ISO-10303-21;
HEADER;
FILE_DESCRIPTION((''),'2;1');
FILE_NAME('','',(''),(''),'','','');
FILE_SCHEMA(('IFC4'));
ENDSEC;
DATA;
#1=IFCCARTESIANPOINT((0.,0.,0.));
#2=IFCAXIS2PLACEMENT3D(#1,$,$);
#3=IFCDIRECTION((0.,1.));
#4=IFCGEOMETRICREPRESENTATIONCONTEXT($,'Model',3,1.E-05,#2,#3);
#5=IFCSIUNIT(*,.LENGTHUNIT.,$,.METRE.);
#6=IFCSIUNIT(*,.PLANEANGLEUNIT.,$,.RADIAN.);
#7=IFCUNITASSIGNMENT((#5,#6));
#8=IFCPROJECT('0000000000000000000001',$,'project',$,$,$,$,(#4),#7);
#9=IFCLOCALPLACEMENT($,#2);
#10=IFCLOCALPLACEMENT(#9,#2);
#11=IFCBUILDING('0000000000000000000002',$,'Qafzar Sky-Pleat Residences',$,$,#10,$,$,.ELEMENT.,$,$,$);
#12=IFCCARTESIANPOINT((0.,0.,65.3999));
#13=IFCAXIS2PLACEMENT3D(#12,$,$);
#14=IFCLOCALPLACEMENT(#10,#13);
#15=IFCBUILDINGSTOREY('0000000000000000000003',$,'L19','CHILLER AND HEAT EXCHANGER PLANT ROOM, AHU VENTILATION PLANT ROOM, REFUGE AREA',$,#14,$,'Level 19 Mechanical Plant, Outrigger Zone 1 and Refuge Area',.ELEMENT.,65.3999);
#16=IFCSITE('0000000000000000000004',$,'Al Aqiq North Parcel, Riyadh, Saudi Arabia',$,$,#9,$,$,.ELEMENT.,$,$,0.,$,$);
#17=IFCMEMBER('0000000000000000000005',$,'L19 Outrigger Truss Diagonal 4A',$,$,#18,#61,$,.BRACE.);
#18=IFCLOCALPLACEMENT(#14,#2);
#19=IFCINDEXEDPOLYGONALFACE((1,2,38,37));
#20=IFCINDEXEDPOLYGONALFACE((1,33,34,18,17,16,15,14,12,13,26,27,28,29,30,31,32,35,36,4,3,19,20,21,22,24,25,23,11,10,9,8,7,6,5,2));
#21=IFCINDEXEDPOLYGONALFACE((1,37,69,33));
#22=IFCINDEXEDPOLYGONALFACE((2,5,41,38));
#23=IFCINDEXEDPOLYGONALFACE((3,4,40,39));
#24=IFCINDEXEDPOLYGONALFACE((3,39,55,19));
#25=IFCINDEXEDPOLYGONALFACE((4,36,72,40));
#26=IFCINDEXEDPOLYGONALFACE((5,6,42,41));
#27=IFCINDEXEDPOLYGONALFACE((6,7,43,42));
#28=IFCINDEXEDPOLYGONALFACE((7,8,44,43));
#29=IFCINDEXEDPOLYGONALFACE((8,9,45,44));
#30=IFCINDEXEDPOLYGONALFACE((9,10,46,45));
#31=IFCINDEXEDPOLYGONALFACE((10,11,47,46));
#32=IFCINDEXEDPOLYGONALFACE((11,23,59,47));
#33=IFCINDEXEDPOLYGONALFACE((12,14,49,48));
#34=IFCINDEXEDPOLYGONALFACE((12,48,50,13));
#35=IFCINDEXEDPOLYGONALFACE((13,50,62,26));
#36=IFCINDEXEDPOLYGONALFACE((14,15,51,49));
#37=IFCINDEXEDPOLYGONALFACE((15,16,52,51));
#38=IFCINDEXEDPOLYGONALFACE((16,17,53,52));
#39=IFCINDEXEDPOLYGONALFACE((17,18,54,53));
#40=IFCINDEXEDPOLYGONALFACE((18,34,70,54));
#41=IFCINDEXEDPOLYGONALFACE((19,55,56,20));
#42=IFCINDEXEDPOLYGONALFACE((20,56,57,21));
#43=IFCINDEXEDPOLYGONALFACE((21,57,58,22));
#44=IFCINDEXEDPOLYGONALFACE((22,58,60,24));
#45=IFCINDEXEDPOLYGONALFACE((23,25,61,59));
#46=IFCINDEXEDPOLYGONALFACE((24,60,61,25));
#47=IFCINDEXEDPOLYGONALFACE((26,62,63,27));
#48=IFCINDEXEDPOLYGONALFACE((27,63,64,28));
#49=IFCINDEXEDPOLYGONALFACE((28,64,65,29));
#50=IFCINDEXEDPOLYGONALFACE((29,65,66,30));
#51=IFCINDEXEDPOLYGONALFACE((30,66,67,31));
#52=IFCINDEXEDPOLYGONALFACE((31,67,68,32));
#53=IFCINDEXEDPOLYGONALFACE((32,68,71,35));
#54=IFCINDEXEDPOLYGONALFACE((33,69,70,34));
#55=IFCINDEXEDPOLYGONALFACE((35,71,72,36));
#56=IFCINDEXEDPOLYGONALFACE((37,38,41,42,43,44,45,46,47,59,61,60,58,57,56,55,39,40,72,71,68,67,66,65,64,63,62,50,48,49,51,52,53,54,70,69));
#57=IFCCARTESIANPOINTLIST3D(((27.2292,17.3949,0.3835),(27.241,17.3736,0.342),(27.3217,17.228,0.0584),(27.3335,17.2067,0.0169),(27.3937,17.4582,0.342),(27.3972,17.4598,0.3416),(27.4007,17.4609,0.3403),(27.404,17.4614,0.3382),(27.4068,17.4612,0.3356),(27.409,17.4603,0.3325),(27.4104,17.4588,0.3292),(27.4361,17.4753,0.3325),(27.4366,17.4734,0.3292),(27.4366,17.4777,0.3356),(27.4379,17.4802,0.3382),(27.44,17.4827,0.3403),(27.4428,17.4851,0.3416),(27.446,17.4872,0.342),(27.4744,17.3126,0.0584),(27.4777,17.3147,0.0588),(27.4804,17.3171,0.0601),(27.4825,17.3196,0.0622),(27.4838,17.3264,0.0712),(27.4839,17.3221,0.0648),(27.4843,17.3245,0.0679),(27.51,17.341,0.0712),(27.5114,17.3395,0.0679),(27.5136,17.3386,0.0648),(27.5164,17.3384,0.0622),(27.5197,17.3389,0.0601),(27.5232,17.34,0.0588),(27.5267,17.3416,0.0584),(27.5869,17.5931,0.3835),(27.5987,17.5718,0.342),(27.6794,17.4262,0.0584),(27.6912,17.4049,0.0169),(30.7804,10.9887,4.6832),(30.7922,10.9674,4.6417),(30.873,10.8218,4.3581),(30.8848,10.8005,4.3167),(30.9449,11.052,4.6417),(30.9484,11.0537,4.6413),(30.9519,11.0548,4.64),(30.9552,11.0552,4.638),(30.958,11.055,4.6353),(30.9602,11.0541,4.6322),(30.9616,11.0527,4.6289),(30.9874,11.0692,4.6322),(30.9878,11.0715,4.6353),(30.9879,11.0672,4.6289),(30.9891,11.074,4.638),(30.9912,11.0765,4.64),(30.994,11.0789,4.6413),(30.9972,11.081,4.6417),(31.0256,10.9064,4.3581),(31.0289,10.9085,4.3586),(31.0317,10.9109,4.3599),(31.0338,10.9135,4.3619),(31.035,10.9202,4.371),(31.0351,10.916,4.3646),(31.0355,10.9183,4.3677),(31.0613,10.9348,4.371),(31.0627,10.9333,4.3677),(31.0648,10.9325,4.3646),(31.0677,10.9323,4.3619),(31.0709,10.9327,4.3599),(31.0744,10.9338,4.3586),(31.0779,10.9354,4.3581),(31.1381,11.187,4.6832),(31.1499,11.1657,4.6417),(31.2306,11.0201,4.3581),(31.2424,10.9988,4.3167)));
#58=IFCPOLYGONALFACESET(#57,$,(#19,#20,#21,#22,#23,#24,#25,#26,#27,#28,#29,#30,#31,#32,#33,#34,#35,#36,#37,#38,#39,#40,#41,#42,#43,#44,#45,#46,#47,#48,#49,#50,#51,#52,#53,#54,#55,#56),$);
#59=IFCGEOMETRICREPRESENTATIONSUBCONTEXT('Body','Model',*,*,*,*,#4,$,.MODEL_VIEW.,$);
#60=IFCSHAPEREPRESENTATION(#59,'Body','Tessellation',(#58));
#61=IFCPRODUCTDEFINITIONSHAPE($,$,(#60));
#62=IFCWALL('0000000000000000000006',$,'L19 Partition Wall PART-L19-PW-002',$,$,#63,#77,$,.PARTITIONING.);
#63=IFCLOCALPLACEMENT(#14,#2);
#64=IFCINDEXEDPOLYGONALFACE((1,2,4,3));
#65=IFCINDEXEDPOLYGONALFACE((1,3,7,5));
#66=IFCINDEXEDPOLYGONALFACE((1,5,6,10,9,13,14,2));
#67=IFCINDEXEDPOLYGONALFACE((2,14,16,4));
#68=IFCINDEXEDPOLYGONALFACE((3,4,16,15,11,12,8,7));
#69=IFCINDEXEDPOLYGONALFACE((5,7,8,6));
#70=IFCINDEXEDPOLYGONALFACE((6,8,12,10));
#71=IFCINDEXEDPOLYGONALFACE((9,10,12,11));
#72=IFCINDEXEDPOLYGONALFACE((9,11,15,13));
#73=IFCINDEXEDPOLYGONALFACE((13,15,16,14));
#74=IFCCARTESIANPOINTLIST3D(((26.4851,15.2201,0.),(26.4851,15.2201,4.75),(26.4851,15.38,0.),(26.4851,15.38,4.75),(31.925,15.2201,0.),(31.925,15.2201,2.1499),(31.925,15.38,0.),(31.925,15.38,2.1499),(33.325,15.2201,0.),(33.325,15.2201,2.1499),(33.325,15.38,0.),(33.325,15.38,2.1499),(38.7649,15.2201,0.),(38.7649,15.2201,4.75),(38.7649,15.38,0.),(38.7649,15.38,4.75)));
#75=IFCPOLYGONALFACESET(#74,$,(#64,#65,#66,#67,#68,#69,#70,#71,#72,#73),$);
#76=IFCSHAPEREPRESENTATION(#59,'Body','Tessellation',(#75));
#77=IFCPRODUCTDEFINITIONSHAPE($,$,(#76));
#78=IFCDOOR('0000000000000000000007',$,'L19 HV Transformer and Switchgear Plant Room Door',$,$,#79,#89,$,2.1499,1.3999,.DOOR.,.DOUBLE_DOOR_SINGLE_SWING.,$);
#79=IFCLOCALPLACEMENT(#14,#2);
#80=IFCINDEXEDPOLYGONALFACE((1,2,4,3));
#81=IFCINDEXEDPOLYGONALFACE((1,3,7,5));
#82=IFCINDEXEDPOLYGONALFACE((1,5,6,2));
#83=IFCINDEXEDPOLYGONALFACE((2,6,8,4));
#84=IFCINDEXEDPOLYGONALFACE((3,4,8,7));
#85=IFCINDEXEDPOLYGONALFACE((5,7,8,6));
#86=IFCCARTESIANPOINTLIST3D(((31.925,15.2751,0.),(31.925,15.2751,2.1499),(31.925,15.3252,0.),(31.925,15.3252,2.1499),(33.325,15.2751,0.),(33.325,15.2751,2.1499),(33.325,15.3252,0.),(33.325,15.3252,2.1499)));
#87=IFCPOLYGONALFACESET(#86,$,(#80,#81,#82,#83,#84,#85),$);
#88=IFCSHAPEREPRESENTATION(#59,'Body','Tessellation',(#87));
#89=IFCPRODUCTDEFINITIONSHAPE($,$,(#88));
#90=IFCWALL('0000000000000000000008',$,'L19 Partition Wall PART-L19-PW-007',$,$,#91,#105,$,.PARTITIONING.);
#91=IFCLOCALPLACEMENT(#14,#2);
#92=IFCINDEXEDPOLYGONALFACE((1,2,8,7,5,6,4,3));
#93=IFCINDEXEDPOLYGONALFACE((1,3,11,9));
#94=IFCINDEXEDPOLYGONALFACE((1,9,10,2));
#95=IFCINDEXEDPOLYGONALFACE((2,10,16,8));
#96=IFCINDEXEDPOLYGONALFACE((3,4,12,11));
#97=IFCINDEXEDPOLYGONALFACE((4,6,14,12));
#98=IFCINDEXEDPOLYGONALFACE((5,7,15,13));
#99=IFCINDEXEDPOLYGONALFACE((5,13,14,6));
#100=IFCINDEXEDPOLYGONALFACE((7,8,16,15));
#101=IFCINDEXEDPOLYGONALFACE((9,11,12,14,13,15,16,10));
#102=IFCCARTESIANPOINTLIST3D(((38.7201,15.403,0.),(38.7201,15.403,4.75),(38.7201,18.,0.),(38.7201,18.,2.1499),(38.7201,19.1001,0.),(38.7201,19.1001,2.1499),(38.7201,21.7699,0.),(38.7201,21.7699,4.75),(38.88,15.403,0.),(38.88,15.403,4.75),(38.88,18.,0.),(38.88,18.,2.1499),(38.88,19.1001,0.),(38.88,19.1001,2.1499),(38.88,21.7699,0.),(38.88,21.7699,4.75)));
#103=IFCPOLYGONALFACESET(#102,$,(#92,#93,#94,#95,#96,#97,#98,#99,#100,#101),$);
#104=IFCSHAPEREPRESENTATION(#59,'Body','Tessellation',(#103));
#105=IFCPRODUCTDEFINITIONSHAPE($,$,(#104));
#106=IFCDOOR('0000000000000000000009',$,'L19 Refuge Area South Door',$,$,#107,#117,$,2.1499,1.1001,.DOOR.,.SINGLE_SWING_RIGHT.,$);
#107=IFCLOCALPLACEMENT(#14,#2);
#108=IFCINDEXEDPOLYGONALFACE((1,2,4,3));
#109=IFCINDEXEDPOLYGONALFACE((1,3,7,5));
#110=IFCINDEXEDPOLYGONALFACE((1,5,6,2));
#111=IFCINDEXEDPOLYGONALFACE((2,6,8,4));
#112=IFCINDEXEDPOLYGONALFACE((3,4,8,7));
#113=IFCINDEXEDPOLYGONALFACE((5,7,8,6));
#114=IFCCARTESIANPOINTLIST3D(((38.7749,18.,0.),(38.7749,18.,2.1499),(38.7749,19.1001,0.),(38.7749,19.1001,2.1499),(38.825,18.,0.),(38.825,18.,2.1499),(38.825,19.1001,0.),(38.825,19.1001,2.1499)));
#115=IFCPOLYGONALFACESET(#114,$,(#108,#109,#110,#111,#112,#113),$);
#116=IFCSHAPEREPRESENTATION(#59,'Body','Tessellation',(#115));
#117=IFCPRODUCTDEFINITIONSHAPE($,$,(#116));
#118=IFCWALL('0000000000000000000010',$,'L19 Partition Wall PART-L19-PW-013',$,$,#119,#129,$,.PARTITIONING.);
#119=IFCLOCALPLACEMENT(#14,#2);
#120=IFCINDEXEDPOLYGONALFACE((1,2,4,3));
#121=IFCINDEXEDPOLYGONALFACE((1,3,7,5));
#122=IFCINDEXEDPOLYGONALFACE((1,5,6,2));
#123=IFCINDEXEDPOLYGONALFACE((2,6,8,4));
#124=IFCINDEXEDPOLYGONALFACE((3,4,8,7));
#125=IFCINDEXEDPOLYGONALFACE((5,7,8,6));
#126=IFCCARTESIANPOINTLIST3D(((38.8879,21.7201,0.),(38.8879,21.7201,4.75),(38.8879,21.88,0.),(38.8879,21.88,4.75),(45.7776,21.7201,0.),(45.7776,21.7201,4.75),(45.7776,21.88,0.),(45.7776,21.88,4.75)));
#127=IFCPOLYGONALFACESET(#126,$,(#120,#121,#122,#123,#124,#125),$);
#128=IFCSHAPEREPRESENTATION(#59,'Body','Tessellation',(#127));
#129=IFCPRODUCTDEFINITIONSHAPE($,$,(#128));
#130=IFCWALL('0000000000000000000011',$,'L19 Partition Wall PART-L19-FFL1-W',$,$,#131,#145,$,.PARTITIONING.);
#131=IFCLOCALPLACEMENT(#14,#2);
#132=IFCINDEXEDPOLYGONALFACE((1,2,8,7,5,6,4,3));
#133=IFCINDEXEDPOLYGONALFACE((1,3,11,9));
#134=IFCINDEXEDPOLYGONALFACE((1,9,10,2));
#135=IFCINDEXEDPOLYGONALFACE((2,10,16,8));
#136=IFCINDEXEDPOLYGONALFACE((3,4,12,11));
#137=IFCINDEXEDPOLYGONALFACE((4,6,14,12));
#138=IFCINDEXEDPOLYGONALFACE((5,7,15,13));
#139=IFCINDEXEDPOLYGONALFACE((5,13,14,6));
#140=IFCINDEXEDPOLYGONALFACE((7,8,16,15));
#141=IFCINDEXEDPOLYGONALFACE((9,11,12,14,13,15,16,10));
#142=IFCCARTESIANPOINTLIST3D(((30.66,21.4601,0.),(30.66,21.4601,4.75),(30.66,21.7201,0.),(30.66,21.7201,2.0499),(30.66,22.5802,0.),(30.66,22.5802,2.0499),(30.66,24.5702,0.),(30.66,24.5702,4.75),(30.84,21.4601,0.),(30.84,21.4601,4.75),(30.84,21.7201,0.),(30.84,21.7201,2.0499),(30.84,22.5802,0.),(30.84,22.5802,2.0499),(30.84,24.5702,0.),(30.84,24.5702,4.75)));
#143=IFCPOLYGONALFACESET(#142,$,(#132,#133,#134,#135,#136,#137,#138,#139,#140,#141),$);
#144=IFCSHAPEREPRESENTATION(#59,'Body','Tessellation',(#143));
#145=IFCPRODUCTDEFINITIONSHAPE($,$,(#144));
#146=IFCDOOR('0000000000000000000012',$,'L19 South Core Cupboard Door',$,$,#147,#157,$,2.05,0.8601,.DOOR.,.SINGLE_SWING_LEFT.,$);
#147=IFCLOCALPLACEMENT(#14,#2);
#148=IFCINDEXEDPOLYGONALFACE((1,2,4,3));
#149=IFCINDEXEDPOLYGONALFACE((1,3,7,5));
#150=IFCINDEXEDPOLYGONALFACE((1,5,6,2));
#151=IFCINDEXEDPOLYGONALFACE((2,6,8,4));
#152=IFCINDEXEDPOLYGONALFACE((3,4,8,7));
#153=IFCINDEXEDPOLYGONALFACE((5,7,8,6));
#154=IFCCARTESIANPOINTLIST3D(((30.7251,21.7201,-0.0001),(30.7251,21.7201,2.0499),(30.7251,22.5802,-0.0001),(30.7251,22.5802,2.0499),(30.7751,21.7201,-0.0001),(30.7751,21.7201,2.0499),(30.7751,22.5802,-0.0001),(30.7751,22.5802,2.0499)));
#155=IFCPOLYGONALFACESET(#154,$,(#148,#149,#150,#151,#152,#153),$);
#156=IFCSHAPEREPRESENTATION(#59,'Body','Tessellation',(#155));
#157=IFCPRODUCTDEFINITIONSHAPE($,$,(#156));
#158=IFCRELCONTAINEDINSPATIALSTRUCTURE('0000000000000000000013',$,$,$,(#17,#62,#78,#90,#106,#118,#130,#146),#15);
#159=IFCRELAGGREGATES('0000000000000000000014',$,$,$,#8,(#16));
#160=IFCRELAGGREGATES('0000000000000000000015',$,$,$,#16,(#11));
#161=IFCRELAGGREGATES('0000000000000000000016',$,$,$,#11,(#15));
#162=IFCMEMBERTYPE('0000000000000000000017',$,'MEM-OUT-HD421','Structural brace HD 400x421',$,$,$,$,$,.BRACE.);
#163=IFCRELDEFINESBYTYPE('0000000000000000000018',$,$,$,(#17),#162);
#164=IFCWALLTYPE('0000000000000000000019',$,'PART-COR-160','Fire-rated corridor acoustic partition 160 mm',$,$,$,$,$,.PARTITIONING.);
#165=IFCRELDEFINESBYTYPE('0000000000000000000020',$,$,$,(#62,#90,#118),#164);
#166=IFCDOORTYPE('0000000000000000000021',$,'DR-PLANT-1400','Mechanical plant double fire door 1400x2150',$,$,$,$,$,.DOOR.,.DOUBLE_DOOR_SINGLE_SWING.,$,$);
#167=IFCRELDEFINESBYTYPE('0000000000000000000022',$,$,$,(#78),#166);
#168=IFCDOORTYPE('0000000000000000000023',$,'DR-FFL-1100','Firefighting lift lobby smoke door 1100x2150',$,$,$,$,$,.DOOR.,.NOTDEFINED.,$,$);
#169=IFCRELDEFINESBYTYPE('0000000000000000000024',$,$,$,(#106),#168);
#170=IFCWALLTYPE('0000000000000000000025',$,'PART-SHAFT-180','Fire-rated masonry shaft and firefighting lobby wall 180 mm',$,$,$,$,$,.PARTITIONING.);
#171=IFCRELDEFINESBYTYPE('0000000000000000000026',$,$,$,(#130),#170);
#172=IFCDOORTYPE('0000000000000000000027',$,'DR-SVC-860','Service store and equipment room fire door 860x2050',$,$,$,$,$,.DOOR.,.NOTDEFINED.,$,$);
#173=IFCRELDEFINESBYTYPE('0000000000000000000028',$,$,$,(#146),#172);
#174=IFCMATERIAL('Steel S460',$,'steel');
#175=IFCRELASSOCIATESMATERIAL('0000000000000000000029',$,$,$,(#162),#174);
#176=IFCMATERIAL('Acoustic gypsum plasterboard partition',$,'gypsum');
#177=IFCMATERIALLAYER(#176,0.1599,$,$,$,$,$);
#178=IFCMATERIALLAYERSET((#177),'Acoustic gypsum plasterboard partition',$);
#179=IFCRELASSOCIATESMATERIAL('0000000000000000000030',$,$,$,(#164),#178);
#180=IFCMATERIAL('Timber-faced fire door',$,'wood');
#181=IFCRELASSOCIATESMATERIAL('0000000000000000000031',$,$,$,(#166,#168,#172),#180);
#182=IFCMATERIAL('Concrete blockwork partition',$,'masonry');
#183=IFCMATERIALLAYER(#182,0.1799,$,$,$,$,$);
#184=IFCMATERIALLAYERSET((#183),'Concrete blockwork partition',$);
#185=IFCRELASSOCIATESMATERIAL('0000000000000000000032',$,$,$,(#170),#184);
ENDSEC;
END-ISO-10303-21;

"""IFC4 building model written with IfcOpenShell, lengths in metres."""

from ifc_helpers import new_model, si_unit, direction, frame, frame_2d, origin, origin_2d, place, context, subcontext, project, spatial, rectangle, i_section, extrude, source, transform, mapped, material, layer, layer_set, material_profile, profile_set, type_object, element, fill, save


model = new_model("IFC4")

# Units and contexts
model_context = context("Model", 3, precision=1e-05, world=origin(), true_north=direction((0.0, 1.0)))
body_context = subcontext(model_context, "Body", "Model", "MODEL_VIEW")
ifc_project = project(units=[si_unit("LENGTHUNIT", "METRE"), si_unit("PLANEANGLEUNIT", "RADIAN")], contexts=[model_context])

# Site, building, storey
site_placement = place(None, origin())
site = spatial("IfcSite", under=ifc_project, at=site_placement, Name="Al Aqiq North Parcel, Riyadh, Saudi Arabia", CompositionType="ELEMENT", RefElevation=0.0)
building_placement = place(site_placement, origin())
building = spatial("IfcBuilding", under=site, at=building_placement, Name="Qafzar Sky-Pleat Residences", CompositionType="ELEMENT")
storey_placement = place(building_placement, frame((0.0, 0.0, 65.3999)))
storey = spatial("IfcBuildingStorey", under=building, at=storey_placement, Name="L19", Description="CHILLER AND HEAT EXCHANGER PLANT ROOM, AHU VENTILATION PLANT ROOM, REFUGE AREA", LongName="Level 19 Mechanical Plant, Outrigger Zone 1 and Refuge Area", CompositionType="ELEMENT", Elevation=65.3999)

# Member
ifc_material_1 = material(Name="Steel S460", Category="steel")
ifc_material_profile = material_profile(ifc_material_1, i_section(OverallWidth=0.4089, OverallDepth=0.425, WebThickness=0.03, FlangeThickness=0.0481, FilletRadius=0.0149, at=origin_2d()), Name="HD 400x421")
ifc_profile_set = profile_set([ifc_material_profile], Name="Steel S460")
member_type = type_object("IfcMemberType", Name="MEM-OUT-HD421", Description="Structural brace HD 400x421", PredefinedType="BRACE", material=ifc_profile_set)
shared_shape_1 = source(origin(), body_context, "Body", "SweptSolid", [
    extrude(i_section(OverallWidth=0.4089, OverallDepth=0.425, WebThickness=0.03, FlangeThickness=0.0481, FilletRadius=0.0149, at=origin_2d()), origin(), (0.0, 0.0, 1.0), 8.4934),
])
member_placement = place(storey_placement, frame((27.4602, 17.3999, 0.2002), z_axis=(0.418115, -0.754252, 0.506245), x_axis=(0.874607, 0.484833, 0.0)))
element("IfcMember", 1, at=member_placement, inside=storey, type_object=member_type, Name="L19 Outrigger Truss Diagonal 4A", PredefinedType="BRACE", context=body_context, shape_type="MappedRepresentation", body=[
    mapped(shared_shape_1, transform((0.0, 0.0, 0.0), x_axis=(1.0, 0.0, 0.0), y_axis=(0.0, 1.0, 0.0), z_axis=(0.0, 0.0, 1.0), scale=1.0)),
])

# Walls, openings, doors
ifc_material_2 = material(Name="Acoustic gypsum plasterboard partition", Category="gypsum")
ifc_layer_1 = layer(ifc_material_2, 0.1599)
ifc_layer_set_1 = layer_set([ifc_layer_1], Name="Acoustic gypsum plasterboard partition")
wall_type_1 = type_object("IfcWallType", Name="PART-COR-160", Description="Fire-rated corridor acoustic partition 160 mm", PredefinedType="PARTITIONING", material=ifc_layer_set_1)
wall_1_placement = place(storey_placement, frame((38.7649, 15.3, 0.0), z_axis=(0.0, 0.0, 1.0), x_axis=(-1.0, 0.0, 0.0)))
wall_1 = element("IfcWall", 2, at=wall_1_placement, inside=storey, type_object=wall_type_1, Name="L19 Partition Wall PART-L19-PW-002", PredefinedType="PARTITIONING", context=body_context, shape_type="SweptSolid", body=[
    extrude(rectangle(XDim=12.2798, YDim=0.1599, at=frame_2d((6.1399, 0.0))), origin(), (0.0, 0.0, 1.0), 4.75),
])
opening_1_placement = place(wall_1_placement, frame((5.4399, 0.0, 0.0)))
opening_1 = element("IfcOpeningElement", 3, at=opening_1_placement, cuts=wall_1, PredefinedType="OPENING", context=body_context, shape_type="SweptSolid", body=[
    extrude(rectangle(XDim=1.3999, YDim=2.1499, at=frame_2d((0.7, 1.075))), frame((0.0, 0.0898, 0.0), z_axis=(0.0, -1.0, 0.0), x_axis=(1.0, 0.0, 0.0)), (0.0, 0.0, 1.0), 0.1799),
])
ifc_material_3 = material(Name="Timber-faced fire door", Category="wood")
door_type_1 = type_object("IfcDoorType", Name="DR-PLANT-1400", Description="Mechanical plant double fire door 1400x2150", OperationType="DOUBLE_DOOR_SINGLE_SWING", PredefinedType="DOOR", material=ifc_material_3)
shared_shape_2 = source(origin(), body_context, "Body", "SweptSolid", [
    extrude(rectangle(XDim=1.3999, YDim=2.1499, at=frame_2d((0.7, 1.075))), frame((0.0, 0.0249, 0.0), z_axis=(0.0, -1.0, 0.0), x_axis=(1.0, 0.0, 0.0)), (0.0, 0.0, 1.0), 0.05),
])
door_1_placement = place(opening_1_placement, origin())
door_1 = element("IfcDoor", 4, at=door_1_placement, inside=storey, type_object=door_type_1, Name="L19 HV Transformer and Switchgear Plant Room Door", OperationType="DOUBLE_DOOR_SINGLE_SWING", OverallHeight=2.1499, OverallWidth=1.3999, PredefinedType="DOOR", context=body_context, shape_type="MappedRepresentation", body=[
    mapped(shared_shape_2, transform((0.0, 0.0, 0.0), x_axis=(1.0, 0.0, 0.0), y_axis=(0.0, 1.0, 0.0), z_axis=(0.0, 0.0, 1.0), scale=1.0)),
])
fill(opening_1, door_1)
wall_2_placement = place(storey_placement, frame((38.8, 21.77, 0.0), z_axis=(0.0, 0.0, 1.0), x_axis=(0.0, -1.0, 0.0)))
wall_2 = element("IfcWall", 5, at=wall_2_placement, inside=storey, type_object=wall_type_1, Name="L19 Partition Wall PART-L19-PW-007", PredefinedType="PARTITIONING", context=body_context, shape_type="SweptSolid", body=[
    extrude(rectangle(XDim=6.3669, YDim=0.1599, at=frame_2d((3.1836, 0.0))), origin(), (0.0, 0.0, 1.0), 4.75),
])
opening_2_placement = place(wall_2_placement, frame((2.6699, 0.0, 0.0)))
opening_2 = element("IfcOpeningElement", 6, at=opening_2_placement, cuts=wall_2, PredefinedType="OPENING", context=body_context, shape_type="SweptSolid", body=[
    extrude(rectangle(XDim=1.1001, YDim=2.1499, at=frame_2d((0.55, 1.075))), frame((0.0, 0.0898, 0.0), z_axis=(0.0, -1.0, 0.0), x_axis=(1.0, 0.0, 0.0)), (0.0, 0.0, 1.0), 0.1799),
])
door_type_2 = type_object("IfcDoorType", Name="DR-FFL-1100", Description="Firefighting lift lobby smoke door 1100x2150", OperationType="NOTDEFINED", PredefinedType="DOOR", material=ifc_material_3)
shared_shape_3 = source(origin(), body_context, "Body", "SweptSolid", [
    extrude(rectangle(XDim=1.1001, YDim=2.1499, at=frame_2d((0.55, 1.075))), frame((0.0, 0.0249, 0.0), z_axis=(0.0, -1.0, 0.0), x_axis=(1.0, 0.0, 0.0)), (0.0, 0.0, 1.0), 0.05),
])
door_2_placement = place(opening_2_placement, origin())
door_2 = element("IfcDoor", 7, at=door_2_placement, inside=storey, type_object=door_type_2, Name="L19 Refuge Area South Door", OperationType="SINGLE_SWING_RIGHT", OverallHeight=2.1499, OverallWidth=1.1001, PredefinedType="DOOR", context=body_context, shape_type="MappedRepresentation", body=[
    mapped(shared_shape_3, transform((0.0, 0.0, 0.0), x_axis=(1.0, 0.0, 0.0), y_axis=(0.0, 1.0, 0.0), z_axis=(0.0, 0.0, 1.0), scale=1.0)),
])
fill(opening_2, door_2)

# Wall
wall_3_placement = place(storey_placement, frame((38.8879, 21.8, 0.0), z_axis=(0.0, 0.0, 1.0), x_axis=(1.0, 0.0, 0.0)))
element("IfcWall", 8, at=wall_3_placement, inside=storey, type_object=wall_type_1, Name="L19 Partition Wall PART-L19-PW-013", PredefinedType="PARTITIONING", context=body_context, shape_type="SweptSolid", body=[
    extrude(rectangle(XDim=6.8896, YDim=0.1599, at=frame_2d((3.4448, 0.0))), origin(), (0.0, 0.0, 1.0), 4.75),
])

# Wall, opening, door
ifc_material_4 = material(Name="Concrete blockwork partition", Category="masonry")
ifc_layer_2 = layer(ifc_material_4, 0.1799)
ifc_layer_set_2 = layer_set([ifc_layer_2], Name="Concrete blockwork partition")
wall_type_2 = type_object("IfcWallType", Name="PART-SHAFT-180", Description="Fire-rated masonry shaft and firefighting lobby wall 180 mm", PredefinedType="PARTITIONING", material=ifc_layer_set_2)
wall_4_placement = place(storey_placement, frame((30.75, 21.46, 0.0), z_axis=(0.0, 0.0, 1.0), x_axis=(0.0, 1.0, 0.0)))
wall_4 = element("IfcWall", 9, at=wall_4_placement, inside=storey, type_object=wall_type_2, Name="L19 Partition Wall PART-L19-FFL1-W", PredefinedType="PARTITIONING", context=body_context, shape_type="SweptSolid", body=[
    extrude(rectangle(XDim=3.1101, YDim=0.1799, at=frame_2d((1.5552, 0.0))), origin(), (0.0, 0.0, 1.0), 4.75),
])
opening_3_placement = place(wall_4_placement, frame((0.26, 0.0, 0.0)))
opening_3 = element("IfcOpeningElement", 10, at=opening_3_placement, cuts=wall_4, PredefinedType="OPENING", context=body_context, shape_type="SweptSolid", body=[
    extrude(rectangle(XDim=0.8601, YDim=2.05, at=frame_2d((0.4302, 1.0249))), frame((0.0, 0.1001, 0.0), z_axis=(0.0, -1.0, 0.0), x_axis=(1.0, 0.0, 0.0)), (0.0, 0.0, 1.0), 0.2),
])
door_type_3 = type_object("IfcDoorType", Name="DR-SVC-860", Description="Service store and equipment room fire door 860x2050", OperationType="NOTDEFINED", PredefinedType="DOOR", material=ifc_material_3)
shared_shape_4 = source(origin(), body_context, "Body", "SweptSolid", [
    extrude(rectangle(XDim=0.8601, YDim=2.05, at=frame_2d((0.4302, 1.0249))), frame((0.0, 0.0249, 0.0), z_axis=(0.0, -1.0, 0.0), x_axis=(1.0, 0.0, 0.0)), (0.0, 0.0, 1.0), 0.05),
])
door_3_placement = place(opening_3_placement, origin())
door_3 = element("IfcDoor", 11, at=door_3_placement, inside=storey, type_object=door_type_3, Name="L19 South Core Cupboard Door", OperationType="SINGLE_SWING_LEFT", OverallHeight=2.05, OverallWidth=0.8601, PredefinedType="DOOR", context=body_context, shape_type="MappedRepresentation", body=[
    mapped(shared_shape_4, transform((0.0, 0.0, 0.0), x_axis=(1.0, 0.0, 0.0), y_axis=(0.0, 1.0, 0.0), z_axis=(0.0, 0.0, 1.0), scale=1.0)),
])
fill(opening_3, door_3)

save(model, "model.ifc")
